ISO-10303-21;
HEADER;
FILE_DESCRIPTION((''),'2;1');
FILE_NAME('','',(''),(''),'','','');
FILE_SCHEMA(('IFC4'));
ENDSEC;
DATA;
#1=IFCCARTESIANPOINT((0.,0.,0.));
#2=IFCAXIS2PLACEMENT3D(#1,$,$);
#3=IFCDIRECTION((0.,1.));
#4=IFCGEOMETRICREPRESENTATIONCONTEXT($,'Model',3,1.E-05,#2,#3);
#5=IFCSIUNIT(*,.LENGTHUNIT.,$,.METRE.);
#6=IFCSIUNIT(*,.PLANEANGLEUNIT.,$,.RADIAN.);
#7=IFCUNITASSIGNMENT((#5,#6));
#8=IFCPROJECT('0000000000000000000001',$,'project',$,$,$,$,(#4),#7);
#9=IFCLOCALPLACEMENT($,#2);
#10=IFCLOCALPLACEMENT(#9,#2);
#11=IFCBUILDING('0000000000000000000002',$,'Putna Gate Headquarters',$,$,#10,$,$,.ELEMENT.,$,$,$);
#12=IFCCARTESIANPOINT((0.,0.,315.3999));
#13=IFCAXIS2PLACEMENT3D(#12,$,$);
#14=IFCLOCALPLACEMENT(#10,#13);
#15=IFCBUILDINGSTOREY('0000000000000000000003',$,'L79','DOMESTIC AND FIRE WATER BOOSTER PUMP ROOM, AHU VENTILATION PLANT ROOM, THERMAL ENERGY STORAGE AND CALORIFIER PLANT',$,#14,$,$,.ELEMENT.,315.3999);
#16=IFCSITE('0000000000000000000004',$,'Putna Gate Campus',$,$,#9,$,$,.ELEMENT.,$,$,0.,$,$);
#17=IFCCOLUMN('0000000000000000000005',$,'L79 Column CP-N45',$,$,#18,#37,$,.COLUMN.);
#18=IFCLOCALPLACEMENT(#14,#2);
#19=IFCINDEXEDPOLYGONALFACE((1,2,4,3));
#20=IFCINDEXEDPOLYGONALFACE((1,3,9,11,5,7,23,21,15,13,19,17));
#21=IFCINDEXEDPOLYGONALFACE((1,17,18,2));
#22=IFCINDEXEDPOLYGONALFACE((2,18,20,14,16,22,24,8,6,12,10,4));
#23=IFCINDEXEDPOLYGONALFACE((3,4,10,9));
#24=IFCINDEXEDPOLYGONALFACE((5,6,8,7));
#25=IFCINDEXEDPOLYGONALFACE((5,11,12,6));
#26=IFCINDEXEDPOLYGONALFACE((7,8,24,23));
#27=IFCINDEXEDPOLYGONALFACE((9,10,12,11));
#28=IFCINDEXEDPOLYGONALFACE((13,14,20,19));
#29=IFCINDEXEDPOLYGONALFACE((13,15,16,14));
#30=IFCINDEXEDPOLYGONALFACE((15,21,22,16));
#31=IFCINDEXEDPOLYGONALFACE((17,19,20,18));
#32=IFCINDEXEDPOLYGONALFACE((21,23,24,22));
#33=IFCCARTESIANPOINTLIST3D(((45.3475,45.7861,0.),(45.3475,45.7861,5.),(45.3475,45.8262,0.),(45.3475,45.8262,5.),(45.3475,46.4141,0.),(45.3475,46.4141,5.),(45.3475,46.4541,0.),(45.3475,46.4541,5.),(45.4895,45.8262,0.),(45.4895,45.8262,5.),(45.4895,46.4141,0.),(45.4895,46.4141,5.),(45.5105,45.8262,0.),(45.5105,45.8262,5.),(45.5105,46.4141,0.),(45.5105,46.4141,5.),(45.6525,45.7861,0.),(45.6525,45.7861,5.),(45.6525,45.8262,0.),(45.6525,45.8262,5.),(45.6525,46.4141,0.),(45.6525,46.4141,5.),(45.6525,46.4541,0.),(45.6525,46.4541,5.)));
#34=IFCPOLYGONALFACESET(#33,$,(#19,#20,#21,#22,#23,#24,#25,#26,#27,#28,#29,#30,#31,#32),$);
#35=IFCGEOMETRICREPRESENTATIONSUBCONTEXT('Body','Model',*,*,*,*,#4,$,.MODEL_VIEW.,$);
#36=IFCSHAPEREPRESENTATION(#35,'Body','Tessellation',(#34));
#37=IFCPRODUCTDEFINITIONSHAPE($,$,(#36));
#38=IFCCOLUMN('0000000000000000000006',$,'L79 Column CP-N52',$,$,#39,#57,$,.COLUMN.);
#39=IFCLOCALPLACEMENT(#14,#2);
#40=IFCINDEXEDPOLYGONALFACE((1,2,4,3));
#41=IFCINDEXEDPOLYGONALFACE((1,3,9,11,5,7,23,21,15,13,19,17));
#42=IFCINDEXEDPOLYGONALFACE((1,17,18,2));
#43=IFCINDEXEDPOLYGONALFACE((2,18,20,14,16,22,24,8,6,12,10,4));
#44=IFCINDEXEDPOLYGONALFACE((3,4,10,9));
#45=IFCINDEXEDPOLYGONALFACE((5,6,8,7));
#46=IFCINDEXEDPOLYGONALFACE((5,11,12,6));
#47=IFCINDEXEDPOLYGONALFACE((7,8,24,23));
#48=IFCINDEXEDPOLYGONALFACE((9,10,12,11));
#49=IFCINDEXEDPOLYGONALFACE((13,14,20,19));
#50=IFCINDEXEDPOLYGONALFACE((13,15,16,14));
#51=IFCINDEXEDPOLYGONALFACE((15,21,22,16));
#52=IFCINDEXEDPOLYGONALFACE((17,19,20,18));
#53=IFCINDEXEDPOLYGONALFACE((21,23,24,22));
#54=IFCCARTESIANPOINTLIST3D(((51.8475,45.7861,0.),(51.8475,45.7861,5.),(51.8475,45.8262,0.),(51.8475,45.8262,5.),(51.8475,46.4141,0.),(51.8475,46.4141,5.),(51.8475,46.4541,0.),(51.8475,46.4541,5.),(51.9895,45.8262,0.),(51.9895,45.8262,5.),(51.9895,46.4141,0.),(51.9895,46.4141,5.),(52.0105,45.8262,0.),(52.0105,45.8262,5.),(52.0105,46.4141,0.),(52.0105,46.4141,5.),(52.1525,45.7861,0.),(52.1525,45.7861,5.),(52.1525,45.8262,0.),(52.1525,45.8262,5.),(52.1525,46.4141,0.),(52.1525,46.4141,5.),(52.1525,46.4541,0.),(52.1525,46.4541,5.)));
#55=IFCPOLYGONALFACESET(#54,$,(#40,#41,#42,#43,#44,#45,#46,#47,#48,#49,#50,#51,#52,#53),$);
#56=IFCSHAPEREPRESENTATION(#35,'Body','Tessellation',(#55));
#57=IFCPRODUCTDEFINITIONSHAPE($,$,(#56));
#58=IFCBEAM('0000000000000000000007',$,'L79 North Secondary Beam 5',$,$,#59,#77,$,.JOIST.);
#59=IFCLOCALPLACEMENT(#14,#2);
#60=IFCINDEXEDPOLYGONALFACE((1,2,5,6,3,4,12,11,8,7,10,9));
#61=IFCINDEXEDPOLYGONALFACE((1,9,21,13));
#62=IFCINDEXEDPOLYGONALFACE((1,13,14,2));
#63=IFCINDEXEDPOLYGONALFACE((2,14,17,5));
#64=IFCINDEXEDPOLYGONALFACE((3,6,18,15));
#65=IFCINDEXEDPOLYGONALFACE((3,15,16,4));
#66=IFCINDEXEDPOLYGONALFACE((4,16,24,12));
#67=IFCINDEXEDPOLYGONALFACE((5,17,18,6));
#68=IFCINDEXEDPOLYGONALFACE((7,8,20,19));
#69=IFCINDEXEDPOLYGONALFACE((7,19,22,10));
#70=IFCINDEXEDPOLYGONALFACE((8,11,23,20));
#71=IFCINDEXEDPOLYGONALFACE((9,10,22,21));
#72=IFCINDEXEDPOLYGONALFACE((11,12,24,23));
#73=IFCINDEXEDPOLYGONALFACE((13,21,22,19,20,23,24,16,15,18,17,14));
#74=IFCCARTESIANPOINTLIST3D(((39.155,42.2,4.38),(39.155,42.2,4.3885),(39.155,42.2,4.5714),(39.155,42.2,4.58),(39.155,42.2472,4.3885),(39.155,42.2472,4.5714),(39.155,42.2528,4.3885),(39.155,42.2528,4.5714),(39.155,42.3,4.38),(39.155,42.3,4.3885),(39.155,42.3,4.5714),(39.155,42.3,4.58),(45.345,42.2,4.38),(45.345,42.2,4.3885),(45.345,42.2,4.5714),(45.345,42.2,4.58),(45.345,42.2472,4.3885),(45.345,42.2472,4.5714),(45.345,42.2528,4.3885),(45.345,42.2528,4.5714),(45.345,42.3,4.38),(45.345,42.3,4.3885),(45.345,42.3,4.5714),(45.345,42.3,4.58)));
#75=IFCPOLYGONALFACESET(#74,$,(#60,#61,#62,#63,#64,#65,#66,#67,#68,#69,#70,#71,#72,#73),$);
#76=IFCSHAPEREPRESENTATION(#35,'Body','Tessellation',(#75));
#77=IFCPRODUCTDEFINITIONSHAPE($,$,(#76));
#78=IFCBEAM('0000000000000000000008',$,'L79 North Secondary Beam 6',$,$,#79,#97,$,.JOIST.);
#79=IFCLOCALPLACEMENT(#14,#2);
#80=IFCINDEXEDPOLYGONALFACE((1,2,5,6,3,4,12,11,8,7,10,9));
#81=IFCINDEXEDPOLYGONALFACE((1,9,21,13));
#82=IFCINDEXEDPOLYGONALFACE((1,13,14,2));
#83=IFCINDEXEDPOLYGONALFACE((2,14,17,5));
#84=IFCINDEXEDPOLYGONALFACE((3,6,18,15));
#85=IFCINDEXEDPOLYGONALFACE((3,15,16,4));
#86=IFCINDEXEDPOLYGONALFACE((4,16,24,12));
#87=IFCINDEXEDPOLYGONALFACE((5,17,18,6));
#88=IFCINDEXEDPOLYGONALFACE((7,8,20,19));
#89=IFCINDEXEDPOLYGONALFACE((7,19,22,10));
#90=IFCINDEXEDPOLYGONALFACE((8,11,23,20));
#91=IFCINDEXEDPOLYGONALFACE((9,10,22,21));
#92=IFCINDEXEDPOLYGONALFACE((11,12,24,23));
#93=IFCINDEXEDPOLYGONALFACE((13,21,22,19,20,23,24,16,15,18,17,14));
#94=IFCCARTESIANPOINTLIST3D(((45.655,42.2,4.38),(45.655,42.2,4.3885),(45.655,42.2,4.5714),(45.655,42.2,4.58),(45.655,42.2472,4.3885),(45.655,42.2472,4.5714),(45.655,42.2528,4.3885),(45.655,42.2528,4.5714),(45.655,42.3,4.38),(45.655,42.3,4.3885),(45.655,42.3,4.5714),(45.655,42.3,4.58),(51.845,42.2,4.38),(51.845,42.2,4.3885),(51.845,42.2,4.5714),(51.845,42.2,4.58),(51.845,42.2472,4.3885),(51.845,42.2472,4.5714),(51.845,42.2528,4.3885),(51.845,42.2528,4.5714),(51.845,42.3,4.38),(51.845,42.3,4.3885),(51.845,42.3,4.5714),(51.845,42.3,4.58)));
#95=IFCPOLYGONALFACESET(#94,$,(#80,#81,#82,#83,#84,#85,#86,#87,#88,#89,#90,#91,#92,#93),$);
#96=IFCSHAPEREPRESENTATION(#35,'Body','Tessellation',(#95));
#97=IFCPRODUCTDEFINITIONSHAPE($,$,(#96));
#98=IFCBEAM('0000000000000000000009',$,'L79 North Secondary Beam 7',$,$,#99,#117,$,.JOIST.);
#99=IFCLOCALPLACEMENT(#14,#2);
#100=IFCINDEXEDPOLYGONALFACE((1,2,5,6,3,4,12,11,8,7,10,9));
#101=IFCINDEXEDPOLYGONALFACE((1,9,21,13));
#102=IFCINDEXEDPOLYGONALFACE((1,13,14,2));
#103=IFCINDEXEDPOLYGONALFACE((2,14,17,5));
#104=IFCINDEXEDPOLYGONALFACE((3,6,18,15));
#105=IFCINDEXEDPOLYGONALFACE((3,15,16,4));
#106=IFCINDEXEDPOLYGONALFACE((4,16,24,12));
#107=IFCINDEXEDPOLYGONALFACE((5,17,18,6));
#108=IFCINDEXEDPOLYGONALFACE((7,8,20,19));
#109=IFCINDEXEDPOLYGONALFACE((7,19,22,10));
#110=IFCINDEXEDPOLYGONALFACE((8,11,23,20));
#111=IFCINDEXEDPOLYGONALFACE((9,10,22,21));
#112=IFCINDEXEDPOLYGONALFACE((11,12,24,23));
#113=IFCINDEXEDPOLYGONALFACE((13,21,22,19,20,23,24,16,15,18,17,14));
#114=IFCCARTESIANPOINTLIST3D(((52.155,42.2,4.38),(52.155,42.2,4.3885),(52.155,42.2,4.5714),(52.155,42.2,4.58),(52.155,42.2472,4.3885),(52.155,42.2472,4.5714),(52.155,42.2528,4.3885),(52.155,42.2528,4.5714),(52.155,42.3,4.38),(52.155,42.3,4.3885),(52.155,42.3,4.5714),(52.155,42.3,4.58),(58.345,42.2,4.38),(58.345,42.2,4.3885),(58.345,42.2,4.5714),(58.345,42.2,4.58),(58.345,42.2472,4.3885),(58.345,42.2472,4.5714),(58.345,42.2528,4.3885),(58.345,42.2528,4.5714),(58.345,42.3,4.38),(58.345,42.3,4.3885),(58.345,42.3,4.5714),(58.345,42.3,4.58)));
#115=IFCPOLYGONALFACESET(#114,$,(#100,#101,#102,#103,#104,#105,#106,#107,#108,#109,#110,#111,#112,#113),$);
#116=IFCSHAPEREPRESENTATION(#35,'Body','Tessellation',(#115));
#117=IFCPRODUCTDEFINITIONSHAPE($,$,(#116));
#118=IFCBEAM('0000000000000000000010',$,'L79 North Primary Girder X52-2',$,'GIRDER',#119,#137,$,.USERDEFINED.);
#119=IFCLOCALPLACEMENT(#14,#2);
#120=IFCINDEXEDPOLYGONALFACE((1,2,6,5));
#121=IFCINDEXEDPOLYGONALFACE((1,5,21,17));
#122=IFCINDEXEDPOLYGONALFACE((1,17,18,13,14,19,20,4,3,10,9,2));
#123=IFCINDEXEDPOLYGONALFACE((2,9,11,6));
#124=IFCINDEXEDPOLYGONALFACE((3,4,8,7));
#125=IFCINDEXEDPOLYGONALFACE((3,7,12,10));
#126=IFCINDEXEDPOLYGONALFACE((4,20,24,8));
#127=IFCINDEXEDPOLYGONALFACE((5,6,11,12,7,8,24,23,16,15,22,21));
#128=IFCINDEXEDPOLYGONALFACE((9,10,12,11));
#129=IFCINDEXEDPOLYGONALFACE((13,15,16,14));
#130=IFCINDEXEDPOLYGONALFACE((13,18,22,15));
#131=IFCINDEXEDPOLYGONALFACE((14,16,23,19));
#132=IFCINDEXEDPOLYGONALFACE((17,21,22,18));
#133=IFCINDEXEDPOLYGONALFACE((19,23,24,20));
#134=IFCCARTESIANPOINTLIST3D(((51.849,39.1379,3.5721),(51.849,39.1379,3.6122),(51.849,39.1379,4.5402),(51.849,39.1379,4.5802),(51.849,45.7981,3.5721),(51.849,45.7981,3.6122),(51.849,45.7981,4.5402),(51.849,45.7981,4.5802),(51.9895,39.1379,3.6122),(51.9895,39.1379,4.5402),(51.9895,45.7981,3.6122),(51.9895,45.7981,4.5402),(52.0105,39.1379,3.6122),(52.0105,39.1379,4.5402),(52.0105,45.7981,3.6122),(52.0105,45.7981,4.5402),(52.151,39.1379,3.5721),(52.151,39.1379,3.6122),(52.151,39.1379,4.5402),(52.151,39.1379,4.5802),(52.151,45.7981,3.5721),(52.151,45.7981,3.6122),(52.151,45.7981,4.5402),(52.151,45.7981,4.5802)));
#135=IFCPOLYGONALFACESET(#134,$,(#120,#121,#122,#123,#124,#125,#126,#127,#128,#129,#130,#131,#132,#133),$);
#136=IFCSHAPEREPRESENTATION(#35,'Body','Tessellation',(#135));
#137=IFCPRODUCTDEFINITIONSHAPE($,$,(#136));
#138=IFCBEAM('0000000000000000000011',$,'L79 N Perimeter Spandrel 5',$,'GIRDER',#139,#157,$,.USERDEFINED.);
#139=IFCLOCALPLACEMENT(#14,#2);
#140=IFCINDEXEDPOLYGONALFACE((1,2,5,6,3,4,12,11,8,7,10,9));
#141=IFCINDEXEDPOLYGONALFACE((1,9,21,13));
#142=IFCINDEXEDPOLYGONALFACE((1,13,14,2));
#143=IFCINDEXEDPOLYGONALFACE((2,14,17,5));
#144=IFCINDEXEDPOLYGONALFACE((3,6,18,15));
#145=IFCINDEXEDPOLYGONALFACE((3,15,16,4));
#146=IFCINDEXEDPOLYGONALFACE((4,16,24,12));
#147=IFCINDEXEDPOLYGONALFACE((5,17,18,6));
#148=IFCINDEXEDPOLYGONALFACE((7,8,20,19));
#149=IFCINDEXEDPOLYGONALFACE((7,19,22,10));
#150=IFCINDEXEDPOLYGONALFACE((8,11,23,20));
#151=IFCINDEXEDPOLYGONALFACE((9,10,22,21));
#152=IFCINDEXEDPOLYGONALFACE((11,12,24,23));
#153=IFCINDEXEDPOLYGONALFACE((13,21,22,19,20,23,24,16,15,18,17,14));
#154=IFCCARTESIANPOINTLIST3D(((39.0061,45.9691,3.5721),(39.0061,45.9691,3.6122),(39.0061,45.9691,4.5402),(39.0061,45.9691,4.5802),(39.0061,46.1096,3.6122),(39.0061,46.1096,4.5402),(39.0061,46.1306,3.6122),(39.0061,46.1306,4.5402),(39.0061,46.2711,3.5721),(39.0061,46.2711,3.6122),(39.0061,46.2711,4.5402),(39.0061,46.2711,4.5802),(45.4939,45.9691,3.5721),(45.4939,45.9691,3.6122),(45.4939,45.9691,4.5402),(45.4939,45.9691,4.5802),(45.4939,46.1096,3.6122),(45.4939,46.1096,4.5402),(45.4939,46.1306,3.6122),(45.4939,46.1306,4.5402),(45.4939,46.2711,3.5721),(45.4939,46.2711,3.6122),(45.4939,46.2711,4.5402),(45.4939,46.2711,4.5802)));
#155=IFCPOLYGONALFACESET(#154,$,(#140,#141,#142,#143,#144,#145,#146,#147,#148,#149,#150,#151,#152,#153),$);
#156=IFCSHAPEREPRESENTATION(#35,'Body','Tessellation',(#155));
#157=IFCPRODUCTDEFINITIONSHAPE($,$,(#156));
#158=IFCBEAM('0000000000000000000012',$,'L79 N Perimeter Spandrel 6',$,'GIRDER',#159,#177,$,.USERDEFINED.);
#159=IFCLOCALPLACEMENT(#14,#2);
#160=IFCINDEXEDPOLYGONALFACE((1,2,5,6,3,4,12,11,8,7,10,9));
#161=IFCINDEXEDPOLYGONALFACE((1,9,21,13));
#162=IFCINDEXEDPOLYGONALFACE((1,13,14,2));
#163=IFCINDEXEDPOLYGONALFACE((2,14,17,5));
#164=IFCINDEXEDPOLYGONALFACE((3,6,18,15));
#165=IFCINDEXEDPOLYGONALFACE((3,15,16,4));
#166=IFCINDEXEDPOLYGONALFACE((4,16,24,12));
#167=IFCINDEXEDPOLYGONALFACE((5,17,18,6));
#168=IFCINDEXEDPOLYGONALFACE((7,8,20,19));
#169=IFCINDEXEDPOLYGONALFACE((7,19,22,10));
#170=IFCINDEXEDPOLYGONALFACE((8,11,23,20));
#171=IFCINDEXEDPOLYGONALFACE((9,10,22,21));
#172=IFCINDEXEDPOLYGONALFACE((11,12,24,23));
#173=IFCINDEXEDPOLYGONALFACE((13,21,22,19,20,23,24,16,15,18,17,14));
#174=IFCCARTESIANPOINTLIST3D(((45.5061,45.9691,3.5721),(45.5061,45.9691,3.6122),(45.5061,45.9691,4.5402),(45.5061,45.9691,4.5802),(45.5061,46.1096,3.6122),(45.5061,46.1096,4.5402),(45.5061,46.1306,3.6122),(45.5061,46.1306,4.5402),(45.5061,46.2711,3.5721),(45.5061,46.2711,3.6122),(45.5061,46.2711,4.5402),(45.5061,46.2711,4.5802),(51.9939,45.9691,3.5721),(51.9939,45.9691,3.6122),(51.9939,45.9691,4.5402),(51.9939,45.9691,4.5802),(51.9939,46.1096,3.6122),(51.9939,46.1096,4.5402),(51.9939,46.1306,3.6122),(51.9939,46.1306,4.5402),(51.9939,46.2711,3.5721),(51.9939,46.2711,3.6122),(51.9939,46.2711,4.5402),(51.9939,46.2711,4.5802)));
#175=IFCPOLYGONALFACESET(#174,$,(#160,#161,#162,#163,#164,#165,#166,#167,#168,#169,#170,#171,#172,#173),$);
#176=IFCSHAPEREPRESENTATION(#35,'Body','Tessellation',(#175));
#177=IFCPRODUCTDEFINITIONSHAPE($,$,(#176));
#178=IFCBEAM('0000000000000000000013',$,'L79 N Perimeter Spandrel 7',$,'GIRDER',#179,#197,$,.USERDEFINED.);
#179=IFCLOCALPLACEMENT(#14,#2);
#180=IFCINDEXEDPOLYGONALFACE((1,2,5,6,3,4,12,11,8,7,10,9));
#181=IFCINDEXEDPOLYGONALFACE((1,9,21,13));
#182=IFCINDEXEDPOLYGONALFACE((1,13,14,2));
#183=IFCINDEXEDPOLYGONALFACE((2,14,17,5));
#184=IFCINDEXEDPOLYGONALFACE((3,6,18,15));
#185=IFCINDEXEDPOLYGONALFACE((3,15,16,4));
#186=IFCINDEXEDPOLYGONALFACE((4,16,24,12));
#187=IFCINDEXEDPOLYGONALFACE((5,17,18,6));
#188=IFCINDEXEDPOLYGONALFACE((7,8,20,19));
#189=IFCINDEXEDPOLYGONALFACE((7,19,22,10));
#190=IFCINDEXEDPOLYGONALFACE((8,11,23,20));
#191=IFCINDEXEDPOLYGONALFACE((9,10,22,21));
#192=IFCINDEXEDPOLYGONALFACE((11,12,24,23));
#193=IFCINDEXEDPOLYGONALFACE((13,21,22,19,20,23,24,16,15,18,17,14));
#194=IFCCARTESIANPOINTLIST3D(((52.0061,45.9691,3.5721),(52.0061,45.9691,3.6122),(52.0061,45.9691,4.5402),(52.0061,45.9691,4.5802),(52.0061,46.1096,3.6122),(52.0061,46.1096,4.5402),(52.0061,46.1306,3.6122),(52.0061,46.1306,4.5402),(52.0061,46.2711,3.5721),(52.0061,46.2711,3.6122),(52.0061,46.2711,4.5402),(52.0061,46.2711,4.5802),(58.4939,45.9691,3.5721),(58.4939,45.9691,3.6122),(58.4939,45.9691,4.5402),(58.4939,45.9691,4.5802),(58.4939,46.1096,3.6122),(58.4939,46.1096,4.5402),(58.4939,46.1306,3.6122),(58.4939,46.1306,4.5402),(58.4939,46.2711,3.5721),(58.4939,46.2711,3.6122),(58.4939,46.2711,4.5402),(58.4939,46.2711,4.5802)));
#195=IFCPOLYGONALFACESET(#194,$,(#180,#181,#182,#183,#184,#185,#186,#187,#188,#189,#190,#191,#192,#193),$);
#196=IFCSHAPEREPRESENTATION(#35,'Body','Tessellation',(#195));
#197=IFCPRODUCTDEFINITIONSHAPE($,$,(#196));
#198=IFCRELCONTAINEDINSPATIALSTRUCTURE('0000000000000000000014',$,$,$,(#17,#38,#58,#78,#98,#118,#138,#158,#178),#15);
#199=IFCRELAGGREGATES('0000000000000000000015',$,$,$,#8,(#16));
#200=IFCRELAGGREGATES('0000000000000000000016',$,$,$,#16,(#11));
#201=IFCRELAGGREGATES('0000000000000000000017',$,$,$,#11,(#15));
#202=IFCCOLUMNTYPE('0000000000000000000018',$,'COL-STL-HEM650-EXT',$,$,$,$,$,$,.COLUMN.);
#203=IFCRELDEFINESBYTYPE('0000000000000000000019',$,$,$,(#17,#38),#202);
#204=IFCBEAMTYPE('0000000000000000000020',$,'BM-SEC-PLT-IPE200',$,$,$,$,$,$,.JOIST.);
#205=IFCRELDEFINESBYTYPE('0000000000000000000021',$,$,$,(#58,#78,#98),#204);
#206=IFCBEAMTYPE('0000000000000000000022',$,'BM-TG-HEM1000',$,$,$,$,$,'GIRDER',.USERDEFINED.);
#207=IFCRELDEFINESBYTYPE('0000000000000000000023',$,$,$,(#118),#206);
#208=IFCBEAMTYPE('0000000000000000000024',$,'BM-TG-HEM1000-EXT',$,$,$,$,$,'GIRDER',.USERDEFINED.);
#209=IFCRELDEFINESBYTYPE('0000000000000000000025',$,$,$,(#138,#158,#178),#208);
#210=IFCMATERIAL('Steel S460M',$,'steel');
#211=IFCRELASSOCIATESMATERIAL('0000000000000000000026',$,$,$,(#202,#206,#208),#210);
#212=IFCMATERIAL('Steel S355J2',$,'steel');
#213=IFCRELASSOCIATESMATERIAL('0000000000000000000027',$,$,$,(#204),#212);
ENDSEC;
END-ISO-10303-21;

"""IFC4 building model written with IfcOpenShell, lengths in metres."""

from ifc_helpers import new_model, si_unit, direction, frame, origin, origin_2d, place, context, subcontext, project, spatial, i_section, extrude, material, material_profile, profile_set, type_object, element, save


model = new_model("IFC4")

# Units and contexts
model_context = context("Model", 3, precision=1e-05, world=origin(), true_north=direction((0.0, 1.0)))
body_context = subcontext(model_context, "Body", "Model", "MODEL_VIEW")
ifc_project = project(units=[si_unit("LENGTHUNIT", "METRE"), si_unit("PLANEANGLEUNIT", "RADIAN")], contexts=[model_context])

# Site, building, storey
site_placement = place(None, origin())
site = spatial("IfcSite", under=ifc_project, at=site_placement, Name="Putna Gate Campus", CompositionType="ELEMENT", RefElevation=0.0)
building_placement = place(site_placement, origin())
building = spatial("IfcBuilding", under=site, at=building_placement, Name="Putna Gate Headquarters", CompositionType="ELEMENT")
storey_placement = place(building_placement, frame((0.0, 0.0, 315.3999)))
storey = spatial("IfcBuildingStorey", under=building, at=storey_placement, Name="L79", Description="DOMESTIC AND FIRE WATER BOOSTER PUMP ROOM, AHU VENTILATION PLANT ROOM, THERMAL ENERGY STORAGE AND CALORIFIER PLANT", CompositionType="ELEMENT", Elevation=315.3999)

# Columns
ifc_material_1 = material(Name="Steel S460M", Category="steel")
ifc_material_profile_1 = material_profile(ifc_material_1, i_section(OverallWidth=0.3049, OverallDepth=0.668, WebThickness=0.021, FlangeThickness=0.04, at=origin_2d()), Name="Steel S460M")
ifc_profile_set_1 = profile_set([ifc_material_profile_1], Name="Steel S460M")
column_type = type_object("IfcColumnType", Name="COL-STL-HEM650-EXT", PredefinedType="COLUMN", material=ifc_profile_set_1)
for number, where, z_axis, x_axis, name in (
    (1, (45.5, 46.1201, 0.0), (0.0, 0.0, 1.0), (1.0, 0.0, 0.0), "L79 Column CP-N45"),
    (2, (52.0, 46.1201, 0.0), (0.0, 0.0, 1.0), (1.0, 0.0, 0.0), "L79 Column CP-N52"),
):
    element("IfcColumn", number, at=place(storey_placement, frame(where, z_axis=z_axis, x_axis=x_axis)), inside=storey, type_object=column_type, Name=name, PredefinedType="COLUMN", context=body_context, shape_type="SweptSolid", body=[
        extrude(i_section(OverallWidth=0.3049, OverallDepth=0.668, WebThickness=0.021, FlangeThickness=0.04, at=origin_2d()), origin(), (0.0, 0.0, 1.0), 5.0),
    ])

# Beams
ifc_material_2 = material(Name="Steel S355J2", Category="steel")
ifc_material_profile_2 = material_profile(ifc_material_2, i_section(OverallWidth=0.1001, OverallDepth=0.2, WebThickness=0.0056, FlangeThickness=0.0085, at=origin_2d()), Name="Steel S355J2")
ifc_profile_set_2 = profile_set([ifc_material_profile_2], Name="Steel S355J2")
beam_type_1 = type_object("IfcBeamType", Name="BM-SEC-PLT-IPE200", PredefinedType="JOIST", material=ifc_profile_set_2)
for number, where, z_axis, x_axis, name in (
    (3, (39.155, 42.25, 4.48), (1.0, 0.0, 0.0), (0.0, 1.0, 0.0), "L79 North Secondary Beam 5"),
    (4, (45.655, 42.25, 4.48), (1.0, 0.0, 0.0), (0.0, 1.0, 0.0), "L79 North Secondary Beam 6"),
    (5, (52.155, 42.25, 4.48), (1.0, 0.0, 0.0), (0.0, 1.0, 0.0), "L79 North Secondary Beam 7"),
):
    element("IfcBeam", number, at=place(storey_placement, frame(where, z_axis=z_axis, x_axis=x_axis)), inside=storey, type_object=beam_type_1, Name=name, PredefinedType="JOIST", context=body_context, shape_type="SweptSolid", body=[
        extrude(i_section(OverallWidth=0.1001, OverallDepth=0.2, WebThickness=0.0056, FlangeThickness=0.0085, at=origin_2d()), origin(), (0.0, 0.0, 1.0), 6.1899),
    ])
ifc_material_profile_3 = material_profile(ifc_material_1, i_section(OverallWidth=0.302, OverallDepth=1.0081, WebThickness=0.021, FlangeThickness=0.04, at=origin_2d()), Name="Steel S460M")
ifc_profile_set_3 = profile_set([ifc_material_profile_3], Name="Steel S460M")
beam_type_2 = type_object("IfcBeamType", Name="BM-TG-HEM1000", ElementType="GIRDER", PredefinedType="USERDEFINED", material=ifc_profile_set_3)
beam_placement = place(storey_placement, frame((52.0, 39.1379, 4.0762), z_axis=(0.0, 1.0, 0.0), x_axis=(-1.0, 0.0, 0.0)))
element("IfcBeam", 6, at=beam_placement, inside=storey, type_object=beam_type_2, Name="L79 North Primary Girder X52-2", ObjectType="GIRDER", PredefinedType="USERDEFINED", context=body_context, shape_type="SweptSolid", body=[
    extrude(i_section(OverallWidth=0.302, OverallDepth=1.0081, WebThickness=0.021, FlangeThickness=0.04, at=origin_2d()), origin(), (0.0, 0.0, 1.0), 6.6602),
])
ifc_material_profile_4 = material_profile(ifc_material_1, i_section(OverallWidth=0.302, OverallDepth=1.0081, WebThickness=0.021, FlangeThickness=0.04, at=origin_2d()), Name="Steel S460M")
ifc_profile_set_4 = profile_set([ifc_material_profile_4], Name="Steel S460M")
beam_type_3 = type_object("IfcBeamType", Name="BM-TG-HEM1000-EXT", ElementType="GIRDER", PredefinedType="USERDEFINED", material=ifc_profile_set_4)
for number, where, z_axis, x_axis, name in (
    (7, (39.0061, 46.1201, 4.0762), (1.0, 0.0, 0.0), (0.0, 1.0, 0.0), "L79 N Perimeter Spandrel 5"),
    (8, (45.5061, 46.1201, 4.0762), (1.0, 0.0, 0.0), (0.0, 1.0, 0.0), "L79 N Perimeter Spandrel 6"),
    (9, (52.0061, 46.1201, 4.0762), (1.0, 0.0, 0.0), (0.0, 1.0, 0.0), "L79 N Perimeter Spandrel 7"),
):
    element("IfcBeam", number, at=place(storey_placement, frame(where, z_axis=z_axis, x_axis=x_axis)), inside=storey, type_object=beam_type_3, Name=name, ObjectType="GIRDER", PredefinedType="USERDEFINED", context=body_context, shape_type="SweptSolid", body=[
        extrude(i_section(OverallWidth=0.302, OverallDepth=1.0081, WebThickness=0.021, FlangeThickness=0.04, at=origin_2d()), origin(), (0.0, 0.0, 1.0), 6.4878),
    ])

save(model, "model.ifc")
